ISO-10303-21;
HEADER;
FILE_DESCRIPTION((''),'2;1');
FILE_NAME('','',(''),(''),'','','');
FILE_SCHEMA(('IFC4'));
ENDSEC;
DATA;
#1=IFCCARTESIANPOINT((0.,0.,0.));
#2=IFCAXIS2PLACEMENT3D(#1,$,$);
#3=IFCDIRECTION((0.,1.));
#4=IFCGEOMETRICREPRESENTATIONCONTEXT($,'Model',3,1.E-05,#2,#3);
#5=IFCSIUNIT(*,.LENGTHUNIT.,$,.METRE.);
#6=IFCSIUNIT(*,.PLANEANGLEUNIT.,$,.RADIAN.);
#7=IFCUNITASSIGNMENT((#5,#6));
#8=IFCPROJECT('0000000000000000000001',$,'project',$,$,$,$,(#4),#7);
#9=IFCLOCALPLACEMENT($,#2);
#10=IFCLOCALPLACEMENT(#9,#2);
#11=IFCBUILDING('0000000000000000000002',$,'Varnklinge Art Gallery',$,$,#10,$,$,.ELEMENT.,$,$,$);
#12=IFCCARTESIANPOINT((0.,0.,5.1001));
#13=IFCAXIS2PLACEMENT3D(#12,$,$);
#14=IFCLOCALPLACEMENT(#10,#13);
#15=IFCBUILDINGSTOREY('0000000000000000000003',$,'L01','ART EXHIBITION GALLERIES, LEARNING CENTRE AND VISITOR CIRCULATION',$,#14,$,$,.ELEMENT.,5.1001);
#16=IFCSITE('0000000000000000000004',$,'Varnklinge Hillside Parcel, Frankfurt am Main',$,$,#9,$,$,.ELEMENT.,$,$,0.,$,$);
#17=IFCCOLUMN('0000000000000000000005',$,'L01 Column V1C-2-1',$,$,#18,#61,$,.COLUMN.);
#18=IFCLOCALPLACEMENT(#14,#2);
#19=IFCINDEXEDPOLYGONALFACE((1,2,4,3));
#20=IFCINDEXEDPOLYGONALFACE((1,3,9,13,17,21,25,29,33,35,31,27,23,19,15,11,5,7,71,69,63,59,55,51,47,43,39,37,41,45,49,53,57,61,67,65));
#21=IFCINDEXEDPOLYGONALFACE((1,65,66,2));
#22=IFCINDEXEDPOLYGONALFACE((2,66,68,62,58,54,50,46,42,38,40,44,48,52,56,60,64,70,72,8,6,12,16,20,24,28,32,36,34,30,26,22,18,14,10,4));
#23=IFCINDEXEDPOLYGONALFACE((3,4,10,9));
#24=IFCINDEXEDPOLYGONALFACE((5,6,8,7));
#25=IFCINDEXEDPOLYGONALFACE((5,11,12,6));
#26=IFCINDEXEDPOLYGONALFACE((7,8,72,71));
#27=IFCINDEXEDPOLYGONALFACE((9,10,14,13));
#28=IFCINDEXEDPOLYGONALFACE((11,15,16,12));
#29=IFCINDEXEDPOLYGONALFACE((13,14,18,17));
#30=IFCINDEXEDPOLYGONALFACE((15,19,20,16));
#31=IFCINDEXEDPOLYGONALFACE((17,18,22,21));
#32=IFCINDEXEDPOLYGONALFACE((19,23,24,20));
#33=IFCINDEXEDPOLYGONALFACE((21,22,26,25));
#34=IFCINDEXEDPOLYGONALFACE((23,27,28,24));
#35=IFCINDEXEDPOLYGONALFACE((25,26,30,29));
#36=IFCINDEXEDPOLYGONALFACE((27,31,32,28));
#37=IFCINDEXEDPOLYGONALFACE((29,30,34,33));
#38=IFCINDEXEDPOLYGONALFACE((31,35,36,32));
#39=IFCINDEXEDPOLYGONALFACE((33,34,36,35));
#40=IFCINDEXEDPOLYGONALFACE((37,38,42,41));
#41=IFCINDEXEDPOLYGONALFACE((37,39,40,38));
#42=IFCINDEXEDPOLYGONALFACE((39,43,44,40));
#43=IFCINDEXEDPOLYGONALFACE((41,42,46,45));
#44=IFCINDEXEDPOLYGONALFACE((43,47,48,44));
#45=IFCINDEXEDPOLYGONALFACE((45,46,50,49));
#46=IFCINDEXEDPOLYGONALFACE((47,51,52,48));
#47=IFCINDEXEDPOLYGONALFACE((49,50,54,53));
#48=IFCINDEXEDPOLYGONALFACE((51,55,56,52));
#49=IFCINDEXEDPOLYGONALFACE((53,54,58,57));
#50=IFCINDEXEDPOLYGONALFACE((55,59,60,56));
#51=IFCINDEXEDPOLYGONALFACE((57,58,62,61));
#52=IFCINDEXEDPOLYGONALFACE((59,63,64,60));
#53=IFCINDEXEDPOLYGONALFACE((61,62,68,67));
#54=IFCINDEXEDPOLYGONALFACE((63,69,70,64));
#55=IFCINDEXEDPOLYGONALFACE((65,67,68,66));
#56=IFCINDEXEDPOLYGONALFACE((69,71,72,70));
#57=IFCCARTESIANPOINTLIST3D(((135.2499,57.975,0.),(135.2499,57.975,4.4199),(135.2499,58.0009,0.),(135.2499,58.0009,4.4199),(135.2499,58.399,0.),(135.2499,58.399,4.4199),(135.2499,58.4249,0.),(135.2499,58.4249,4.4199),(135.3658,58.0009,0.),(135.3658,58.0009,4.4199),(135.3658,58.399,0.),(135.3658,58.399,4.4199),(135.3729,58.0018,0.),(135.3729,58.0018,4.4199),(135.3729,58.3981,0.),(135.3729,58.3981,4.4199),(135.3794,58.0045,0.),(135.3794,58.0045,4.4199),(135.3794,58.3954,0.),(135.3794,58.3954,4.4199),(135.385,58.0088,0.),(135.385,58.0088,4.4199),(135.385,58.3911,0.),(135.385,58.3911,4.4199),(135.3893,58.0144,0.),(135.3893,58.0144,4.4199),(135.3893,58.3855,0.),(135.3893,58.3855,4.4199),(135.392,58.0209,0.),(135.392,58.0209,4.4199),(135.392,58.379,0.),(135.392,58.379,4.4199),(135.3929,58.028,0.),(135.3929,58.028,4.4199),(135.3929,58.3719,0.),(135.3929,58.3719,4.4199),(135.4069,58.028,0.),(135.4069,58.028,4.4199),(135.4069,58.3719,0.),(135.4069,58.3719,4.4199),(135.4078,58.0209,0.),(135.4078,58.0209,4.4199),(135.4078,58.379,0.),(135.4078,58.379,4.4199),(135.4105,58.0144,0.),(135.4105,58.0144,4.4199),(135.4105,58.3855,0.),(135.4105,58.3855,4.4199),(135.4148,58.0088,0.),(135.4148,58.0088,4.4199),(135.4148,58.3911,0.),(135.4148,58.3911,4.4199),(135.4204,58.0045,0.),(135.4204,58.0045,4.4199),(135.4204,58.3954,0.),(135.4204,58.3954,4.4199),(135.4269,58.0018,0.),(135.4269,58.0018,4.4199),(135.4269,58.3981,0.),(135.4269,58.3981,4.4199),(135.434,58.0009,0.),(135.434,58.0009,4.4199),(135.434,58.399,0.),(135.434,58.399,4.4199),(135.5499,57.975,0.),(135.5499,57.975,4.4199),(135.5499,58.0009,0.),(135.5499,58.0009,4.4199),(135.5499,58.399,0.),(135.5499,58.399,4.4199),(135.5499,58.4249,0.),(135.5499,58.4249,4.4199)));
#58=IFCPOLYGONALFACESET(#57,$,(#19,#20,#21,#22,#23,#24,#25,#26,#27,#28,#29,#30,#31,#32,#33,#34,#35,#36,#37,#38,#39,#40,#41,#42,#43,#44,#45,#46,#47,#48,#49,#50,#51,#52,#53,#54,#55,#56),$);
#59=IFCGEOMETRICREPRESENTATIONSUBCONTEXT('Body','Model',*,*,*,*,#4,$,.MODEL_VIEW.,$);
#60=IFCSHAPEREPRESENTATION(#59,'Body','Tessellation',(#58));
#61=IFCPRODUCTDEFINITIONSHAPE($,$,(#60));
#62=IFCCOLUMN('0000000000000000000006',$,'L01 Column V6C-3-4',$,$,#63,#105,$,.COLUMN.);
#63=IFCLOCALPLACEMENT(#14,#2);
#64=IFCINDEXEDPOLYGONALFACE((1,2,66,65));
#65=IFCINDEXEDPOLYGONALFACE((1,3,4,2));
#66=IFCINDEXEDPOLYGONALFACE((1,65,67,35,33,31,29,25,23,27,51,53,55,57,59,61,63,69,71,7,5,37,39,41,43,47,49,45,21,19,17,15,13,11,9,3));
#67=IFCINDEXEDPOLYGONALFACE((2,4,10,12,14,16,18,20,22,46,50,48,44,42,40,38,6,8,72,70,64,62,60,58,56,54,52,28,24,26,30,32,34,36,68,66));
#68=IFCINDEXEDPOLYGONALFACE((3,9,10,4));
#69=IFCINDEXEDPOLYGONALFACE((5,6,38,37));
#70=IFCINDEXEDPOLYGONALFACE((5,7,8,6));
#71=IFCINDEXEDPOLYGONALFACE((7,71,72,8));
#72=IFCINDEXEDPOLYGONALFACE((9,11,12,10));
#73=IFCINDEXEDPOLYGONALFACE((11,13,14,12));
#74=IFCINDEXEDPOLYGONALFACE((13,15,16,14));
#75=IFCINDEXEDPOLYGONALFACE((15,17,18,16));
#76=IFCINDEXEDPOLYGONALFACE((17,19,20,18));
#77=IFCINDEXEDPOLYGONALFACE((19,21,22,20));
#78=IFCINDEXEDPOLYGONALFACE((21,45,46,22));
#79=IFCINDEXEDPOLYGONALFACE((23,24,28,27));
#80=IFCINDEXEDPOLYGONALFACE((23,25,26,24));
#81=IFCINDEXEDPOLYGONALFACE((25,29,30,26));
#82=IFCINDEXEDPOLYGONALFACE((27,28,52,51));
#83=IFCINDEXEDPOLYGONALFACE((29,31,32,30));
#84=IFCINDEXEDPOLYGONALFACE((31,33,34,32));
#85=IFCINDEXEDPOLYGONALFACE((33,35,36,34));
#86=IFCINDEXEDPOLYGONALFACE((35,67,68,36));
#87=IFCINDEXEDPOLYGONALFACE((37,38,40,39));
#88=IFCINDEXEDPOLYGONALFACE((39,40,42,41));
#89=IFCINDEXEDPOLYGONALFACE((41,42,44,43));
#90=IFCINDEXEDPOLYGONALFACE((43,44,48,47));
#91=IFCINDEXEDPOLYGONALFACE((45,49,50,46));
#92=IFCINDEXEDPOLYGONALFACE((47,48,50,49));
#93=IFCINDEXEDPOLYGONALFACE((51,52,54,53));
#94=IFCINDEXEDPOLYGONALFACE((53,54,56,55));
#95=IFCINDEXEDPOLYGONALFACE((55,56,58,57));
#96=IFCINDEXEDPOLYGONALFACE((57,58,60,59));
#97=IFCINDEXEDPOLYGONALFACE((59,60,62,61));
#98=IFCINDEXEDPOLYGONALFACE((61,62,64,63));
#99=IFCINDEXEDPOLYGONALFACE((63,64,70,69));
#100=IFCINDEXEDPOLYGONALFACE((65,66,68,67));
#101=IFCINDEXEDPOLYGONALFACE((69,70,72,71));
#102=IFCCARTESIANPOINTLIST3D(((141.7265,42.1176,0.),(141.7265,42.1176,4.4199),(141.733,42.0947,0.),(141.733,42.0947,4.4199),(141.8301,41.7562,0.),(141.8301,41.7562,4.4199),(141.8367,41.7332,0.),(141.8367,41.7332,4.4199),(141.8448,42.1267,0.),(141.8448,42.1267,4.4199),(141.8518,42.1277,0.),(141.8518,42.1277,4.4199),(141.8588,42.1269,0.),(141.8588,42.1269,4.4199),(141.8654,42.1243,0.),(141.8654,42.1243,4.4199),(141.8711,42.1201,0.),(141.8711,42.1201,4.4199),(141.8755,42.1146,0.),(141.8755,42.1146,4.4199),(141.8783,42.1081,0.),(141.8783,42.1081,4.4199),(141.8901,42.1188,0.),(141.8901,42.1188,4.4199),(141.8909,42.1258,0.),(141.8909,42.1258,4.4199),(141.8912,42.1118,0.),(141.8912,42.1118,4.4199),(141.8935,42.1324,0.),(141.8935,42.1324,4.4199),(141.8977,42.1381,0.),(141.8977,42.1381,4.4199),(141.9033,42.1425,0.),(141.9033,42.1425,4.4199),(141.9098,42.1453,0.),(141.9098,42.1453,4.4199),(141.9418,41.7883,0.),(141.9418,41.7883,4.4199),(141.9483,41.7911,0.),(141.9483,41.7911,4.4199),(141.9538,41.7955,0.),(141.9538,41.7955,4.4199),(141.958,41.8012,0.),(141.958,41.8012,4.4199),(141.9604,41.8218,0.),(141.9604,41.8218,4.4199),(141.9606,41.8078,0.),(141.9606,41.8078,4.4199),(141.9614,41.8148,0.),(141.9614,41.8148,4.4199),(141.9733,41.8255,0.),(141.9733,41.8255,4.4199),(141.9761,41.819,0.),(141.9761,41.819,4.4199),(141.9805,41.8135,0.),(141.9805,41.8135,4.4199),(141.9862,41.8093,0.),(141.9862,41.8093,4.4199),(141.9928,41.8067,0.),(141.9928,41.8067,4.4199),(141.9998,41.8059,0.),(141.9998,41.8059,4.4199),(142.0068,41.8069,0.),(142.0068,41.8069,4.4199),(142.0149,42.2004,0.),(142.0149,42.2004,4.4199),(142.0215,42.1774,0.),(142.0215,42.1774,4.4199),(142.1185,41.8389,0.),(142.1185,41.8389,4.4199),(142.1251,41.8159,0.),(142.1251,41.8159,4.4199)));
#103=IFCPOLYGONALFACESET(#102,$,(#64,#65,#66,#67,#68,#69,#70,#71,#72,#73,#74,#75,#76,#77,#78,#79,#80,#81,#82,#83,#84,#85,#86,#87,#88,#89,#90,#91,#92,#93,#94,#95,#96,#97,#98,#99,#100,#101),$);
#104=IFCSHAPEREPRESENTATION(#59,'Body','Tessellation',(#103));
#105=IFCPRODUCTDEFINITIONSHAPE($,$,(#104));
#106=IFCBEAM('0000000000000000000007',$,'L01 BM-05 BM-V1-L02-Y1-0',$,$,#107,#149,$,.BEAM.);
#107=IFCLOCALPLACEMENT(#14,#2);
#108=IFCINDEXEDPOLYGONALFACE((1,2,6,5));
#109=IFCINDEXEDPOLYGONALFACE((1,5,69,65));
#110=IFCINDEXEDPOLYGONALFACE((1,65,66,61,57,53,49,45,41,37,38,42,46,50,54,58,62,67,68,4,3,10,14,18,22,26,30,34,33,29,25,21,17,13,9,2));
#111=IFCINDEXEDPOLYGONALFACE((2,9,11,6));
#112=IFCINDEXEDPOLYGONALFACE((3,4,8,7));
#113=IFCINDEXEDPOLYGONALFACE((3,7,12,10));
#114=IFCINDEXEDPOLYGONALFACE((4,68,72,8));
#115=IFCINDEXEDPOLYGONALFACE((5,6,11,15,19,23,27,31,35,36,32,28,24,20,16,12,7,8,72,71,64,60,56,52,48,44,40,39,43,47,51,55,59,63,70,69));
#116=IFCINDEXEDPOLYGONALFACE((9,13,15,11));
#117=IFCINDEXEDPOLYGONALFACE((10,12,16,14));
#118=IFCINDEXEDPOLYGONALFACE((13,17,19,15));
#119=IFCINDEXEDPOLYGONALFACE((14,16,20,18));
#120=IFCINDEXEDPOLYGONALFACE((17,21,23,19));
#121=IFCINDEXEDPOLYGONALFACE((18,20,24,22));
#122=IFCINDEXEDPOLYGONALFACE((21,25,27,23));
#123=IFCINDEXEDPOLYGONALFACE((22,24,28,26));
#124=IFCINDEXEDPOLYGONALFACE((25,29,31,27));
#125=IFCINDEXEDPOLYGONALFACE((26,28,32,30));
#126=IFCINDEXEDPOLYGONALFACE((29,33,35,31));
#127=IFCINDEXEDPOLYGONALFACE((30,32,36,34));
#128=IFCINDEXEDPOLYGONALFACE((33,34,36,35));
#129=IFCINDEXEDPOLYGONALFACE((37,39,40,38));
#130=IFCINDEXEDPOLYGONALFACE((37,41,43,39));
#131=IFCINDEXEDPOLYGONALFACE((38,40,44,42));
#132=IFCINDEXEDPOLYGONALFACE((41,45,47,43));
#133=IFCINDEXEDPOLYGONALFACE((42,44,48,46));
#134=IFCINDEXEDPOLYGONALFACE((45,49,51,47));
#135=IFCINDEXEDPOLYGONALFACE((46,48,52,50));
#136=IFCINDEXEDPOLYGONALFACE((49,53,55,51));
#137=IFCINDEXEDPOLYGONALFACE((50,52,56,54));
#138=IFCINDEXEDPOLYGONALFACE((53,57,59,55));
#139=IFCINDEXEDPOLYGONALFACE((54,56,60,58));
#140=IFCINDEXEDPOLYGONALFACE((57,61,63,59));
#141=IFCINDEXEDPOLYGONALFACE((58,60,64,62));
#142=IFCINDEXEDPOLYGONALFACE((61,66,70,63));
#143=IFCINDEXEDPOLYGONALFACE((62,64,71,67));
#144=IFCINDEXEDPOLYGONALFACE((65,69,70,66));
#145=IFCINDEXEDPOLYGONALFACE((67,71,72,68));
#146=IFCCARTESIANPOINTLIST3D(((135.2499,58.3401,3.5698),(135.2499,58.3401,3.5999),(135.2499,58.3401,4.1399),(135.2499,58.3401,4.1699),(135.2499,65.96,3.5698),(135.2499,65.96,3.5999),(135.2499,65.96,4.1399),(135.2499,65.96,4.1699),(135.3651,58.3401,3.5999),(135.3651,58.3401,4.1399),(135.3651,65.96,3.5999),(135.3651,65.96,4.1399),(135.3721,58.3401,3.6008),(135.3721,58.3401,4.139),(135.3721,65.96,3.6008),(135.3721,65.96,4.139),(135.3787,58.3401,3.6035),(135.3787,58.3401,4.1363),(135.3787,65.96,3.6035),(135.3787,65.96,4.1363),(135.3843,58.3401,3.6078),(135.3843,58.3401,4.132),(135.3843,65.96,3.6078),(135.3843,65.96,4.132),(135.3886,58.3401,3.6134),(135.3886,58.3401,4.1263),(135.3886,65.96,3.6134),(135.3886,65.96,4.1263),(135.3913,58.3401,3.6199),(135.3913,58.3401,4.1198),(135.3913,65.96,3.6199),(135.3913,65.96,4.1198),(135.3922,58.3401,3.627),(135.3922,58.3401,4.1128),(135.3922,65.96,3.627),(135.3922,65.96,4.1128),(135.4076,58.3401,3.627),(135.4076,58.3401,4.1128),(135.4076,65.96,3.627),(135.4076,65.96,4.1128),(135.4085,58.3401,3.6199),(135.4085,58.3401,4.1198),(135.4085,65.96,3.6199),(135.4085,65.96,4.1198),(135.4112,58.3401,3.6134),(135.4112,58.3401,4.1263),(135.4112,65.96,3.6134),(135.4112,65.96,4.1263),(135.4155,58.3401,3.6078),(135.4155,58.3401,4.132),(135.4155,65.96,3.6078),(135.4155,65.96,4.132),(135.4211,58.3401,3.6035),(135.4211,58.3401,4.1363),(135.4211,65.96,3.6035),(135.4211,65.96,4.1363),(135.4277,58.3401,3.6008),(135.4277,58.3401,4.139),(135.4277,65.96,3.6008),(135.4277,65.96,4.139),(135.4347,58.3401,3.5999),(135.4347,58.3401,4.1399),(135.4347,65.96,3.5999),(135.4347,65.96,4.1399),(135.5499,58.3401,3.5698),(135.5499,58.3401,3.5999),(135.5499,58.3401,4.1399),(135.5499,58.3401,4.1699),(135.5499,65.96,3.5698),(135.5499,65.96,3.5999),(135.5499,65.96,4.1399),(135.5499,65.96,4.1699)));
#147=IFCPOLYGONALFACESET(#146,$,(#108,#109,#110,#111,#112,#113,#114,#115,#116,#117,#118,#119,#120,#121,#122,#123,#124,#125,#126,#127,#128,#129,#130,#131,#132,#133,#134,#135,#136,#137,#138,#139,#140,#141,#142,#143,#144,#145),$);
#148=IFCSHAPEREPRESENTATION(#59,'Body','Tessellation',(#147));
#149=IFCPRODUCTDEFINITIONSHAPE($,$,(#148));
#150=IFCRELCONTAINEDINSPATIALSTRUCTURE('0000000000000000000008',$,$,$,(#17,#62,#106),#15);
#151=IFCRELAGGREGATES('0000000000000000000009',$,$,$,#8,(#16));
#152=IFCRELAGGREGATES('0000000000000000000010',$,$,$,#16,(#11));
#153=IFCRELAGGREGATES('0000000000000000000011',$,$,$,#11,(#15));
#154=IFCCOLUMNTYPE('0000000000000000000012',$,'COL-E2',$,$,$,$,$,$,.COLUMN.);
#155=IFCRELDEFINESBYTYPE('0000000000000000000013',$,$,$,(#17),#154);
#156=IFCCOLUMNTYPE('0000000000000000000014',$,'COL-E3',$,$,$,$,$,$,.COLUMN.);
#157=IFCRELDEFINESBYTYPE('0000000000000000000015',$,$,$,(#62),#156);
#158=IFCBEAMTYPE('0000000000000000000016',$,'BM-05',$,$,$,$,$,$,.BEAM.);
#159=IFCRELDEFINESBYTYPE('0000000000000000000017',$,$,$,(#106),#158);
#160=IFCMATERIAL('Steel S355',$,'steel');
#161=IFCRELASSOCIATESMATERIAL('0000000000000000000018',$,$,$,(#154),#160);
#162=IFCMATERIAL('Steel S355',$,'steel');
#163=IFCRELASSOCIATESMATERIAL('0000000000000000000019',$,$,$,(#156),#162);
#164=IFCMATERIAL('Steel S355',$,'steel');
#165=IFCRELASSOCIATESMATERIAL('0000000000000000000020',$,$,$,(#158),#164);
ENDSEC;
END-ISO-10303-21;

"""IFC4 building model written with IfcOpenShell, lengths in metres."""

from ifc_helpers import new_model, si_unit, direction, frame, origin, origin_2d, place, context, subcontext, project, spatial, i_section, extrude, material, material_profile, profile_set, type_object, element, save


model = new_model("IFC4")

# Units and contexts
model_context = context("Model", 3, precision=1e-05, world=origin(), true_north=direction((0.0, 1.0)))
body_context = subcontext(model_context, "Body", "Model", "MODEL_VIEW")
ifc_project = project(units=[si_unit("LENGTHUNIT", "METRE"), si_unit("PLANEANGLEUNIT", "RADIAN")], contexts=[model_context])

# Site, building, storey
site_placement = place(None, origin())
site = spatial("IfcSite", under=ifc_project, at=site_placement, Name="Varnklinge Hillside Parcel, Frankfurt am Main", CompositionType="ELEMENT", RefElevation=0.0)
building_placement = place(site_placement, origin())
building = spatial("IfcBuilding", under=site, at=building_placement, Name="Varnklinge Art Gallery", CompositionType="ELEMENT")
storey_placement = place(building_placement, frame((0.0, 0.0, 5.1001)))
storey = spatial("IfcBuildingStorey", under=building, at=storey_placement, Name="L01", Description="ART EXHIBITION GALLERIES, LEARNING CENTRE AND VISITOR CIRCULATION", CompositionType="ELEMENT", Elevation=5.1001)

# Columns
ifc_material_1 = material(Name="Steel S355", Category="steel")
ifc_material_profile_1 = material_profile(ifc_material_1, i_section(OverallWidth=0.3, OverallDepth=0.45, WebThickness=0.0139, FlangeThickness=0.0259, FilletRadius=0.0271, at=origin_2d()), Name="HEB 450")
ifc_profile_set_1 = profile_set([ifc_material_profile_1], Name="Steel S355")
column_type_1 = type_object("IfcColumnType", Name="COL-E2", PredefinedType="COLUMN", material=ifc_profile_set_1)
column_1_placement = place(storey_placement, frame((135.3999, 58.2, 0.0), z_axis=(0.0, 0.0, 1.0), x_axis=(1.0, 0.0, 0.0)))
element("IfcColumn", 1, at=column_1_placement, inside=storey, type_object=column_type_1, Name="L01 Column V1C-2-1", PredefinedType="COLUMN", context=body_context, shape_type="SweptSolid", body=[
    extrude(i_section(OverallWidth=0.3, OverallDepth=0.45, WebThickness=0.0139, FlangeThickness=0.0259, FilletRadius=0.0271, at=origin_2d()), origin(), (0.0, 0.0, 1.0), 4.4199),
])
ifc_material_2 = material(Name="Steel S355", Category="steel")
ifc_material_profile_2 = material_profile(ifc_material_2, i_section(OverallWidth=0.3, OverallDepth=0.3999, WebThickness=0.0134, FlangeThickness=0.0239, FilletRadius=0.0271, at=origin_2d()), Name="HEB 400")
ifc_profile_set_2 = profile_set([ifc_material_profile_2], Name="Steel S355")
column_type_2 = type_object("IfcColumnType", Name="COL-E3", PredefinedType="COLUMN", material=ifc_profile_set_2)
column_2_placement = place(storey_placement, frame((141.9258, 41.9668, 0.0), z_axis=(0.0, 0.0, 1.0), x_axis=(0.961262, 0.275637, 0.0)))
element("IfcColumn", 2, at=column_2_placement, inside=storey, type_object=column_type_2, Name="L01 Column V6C-3-4", PredefinedType="COLUMN", context=body_context, shape_type="SweptSolid", body=[
    extrude(i_section(OverallWidth=0.3, OverallDepth=0.3999, WebThickness=0.0134, FlangeThickness=0.0239, FilletRadius=0.0271, at=origin_2d()), origin(), (0.0, 0.0, 1.0), 4.4199),
])

# Beam
ifc_material_3 = material(Name="Steel S355", Category="steel")
ifc_material_profile_3 = material_profile(ifc_material_3, i_section(OverallWidth=0.3, OverallDepth=0.6001, WebThickness=0.0154, FlangeThickness=0.03, FilletRadius=0.0271, at=origin_2d()), Name="HEB 600")
ifc_profile_set_3 = profile_set([ifc_material_profile_3], Name="Steel S355")
beam_type_1 = type_object("IfcBeamType", Name="BM-05", PredefinedType="BEAM", material=ifc_profile_set_3)
beam_1_placement = place(storey_placement, frame((135.3999, 58.3401, 3.8699), z_axis=(0.0, 1.0, 0.0), x_axis=(-1.0, 0.0, 0.0)))
element("IfcBeam", 3, at=beam_1_placement, inside=storey, type_object=beam_type_1, Name="L01 BM-05 BM-V1-L02-Y1-0", PredefinedType="BEAM", context=body_context, shape_type="SweptSolid", body=[
    extrude(i_section(OverallWidth=0.3, OverallDepth=0.6001, WebThickness=0.0154, FlangeThickness=0.03, FilletRadius=0.0271, at=origin_2d()), origin(), (0.0, 0.0, 1.0), 7.6199),
])

save(model, "model.ifc")
